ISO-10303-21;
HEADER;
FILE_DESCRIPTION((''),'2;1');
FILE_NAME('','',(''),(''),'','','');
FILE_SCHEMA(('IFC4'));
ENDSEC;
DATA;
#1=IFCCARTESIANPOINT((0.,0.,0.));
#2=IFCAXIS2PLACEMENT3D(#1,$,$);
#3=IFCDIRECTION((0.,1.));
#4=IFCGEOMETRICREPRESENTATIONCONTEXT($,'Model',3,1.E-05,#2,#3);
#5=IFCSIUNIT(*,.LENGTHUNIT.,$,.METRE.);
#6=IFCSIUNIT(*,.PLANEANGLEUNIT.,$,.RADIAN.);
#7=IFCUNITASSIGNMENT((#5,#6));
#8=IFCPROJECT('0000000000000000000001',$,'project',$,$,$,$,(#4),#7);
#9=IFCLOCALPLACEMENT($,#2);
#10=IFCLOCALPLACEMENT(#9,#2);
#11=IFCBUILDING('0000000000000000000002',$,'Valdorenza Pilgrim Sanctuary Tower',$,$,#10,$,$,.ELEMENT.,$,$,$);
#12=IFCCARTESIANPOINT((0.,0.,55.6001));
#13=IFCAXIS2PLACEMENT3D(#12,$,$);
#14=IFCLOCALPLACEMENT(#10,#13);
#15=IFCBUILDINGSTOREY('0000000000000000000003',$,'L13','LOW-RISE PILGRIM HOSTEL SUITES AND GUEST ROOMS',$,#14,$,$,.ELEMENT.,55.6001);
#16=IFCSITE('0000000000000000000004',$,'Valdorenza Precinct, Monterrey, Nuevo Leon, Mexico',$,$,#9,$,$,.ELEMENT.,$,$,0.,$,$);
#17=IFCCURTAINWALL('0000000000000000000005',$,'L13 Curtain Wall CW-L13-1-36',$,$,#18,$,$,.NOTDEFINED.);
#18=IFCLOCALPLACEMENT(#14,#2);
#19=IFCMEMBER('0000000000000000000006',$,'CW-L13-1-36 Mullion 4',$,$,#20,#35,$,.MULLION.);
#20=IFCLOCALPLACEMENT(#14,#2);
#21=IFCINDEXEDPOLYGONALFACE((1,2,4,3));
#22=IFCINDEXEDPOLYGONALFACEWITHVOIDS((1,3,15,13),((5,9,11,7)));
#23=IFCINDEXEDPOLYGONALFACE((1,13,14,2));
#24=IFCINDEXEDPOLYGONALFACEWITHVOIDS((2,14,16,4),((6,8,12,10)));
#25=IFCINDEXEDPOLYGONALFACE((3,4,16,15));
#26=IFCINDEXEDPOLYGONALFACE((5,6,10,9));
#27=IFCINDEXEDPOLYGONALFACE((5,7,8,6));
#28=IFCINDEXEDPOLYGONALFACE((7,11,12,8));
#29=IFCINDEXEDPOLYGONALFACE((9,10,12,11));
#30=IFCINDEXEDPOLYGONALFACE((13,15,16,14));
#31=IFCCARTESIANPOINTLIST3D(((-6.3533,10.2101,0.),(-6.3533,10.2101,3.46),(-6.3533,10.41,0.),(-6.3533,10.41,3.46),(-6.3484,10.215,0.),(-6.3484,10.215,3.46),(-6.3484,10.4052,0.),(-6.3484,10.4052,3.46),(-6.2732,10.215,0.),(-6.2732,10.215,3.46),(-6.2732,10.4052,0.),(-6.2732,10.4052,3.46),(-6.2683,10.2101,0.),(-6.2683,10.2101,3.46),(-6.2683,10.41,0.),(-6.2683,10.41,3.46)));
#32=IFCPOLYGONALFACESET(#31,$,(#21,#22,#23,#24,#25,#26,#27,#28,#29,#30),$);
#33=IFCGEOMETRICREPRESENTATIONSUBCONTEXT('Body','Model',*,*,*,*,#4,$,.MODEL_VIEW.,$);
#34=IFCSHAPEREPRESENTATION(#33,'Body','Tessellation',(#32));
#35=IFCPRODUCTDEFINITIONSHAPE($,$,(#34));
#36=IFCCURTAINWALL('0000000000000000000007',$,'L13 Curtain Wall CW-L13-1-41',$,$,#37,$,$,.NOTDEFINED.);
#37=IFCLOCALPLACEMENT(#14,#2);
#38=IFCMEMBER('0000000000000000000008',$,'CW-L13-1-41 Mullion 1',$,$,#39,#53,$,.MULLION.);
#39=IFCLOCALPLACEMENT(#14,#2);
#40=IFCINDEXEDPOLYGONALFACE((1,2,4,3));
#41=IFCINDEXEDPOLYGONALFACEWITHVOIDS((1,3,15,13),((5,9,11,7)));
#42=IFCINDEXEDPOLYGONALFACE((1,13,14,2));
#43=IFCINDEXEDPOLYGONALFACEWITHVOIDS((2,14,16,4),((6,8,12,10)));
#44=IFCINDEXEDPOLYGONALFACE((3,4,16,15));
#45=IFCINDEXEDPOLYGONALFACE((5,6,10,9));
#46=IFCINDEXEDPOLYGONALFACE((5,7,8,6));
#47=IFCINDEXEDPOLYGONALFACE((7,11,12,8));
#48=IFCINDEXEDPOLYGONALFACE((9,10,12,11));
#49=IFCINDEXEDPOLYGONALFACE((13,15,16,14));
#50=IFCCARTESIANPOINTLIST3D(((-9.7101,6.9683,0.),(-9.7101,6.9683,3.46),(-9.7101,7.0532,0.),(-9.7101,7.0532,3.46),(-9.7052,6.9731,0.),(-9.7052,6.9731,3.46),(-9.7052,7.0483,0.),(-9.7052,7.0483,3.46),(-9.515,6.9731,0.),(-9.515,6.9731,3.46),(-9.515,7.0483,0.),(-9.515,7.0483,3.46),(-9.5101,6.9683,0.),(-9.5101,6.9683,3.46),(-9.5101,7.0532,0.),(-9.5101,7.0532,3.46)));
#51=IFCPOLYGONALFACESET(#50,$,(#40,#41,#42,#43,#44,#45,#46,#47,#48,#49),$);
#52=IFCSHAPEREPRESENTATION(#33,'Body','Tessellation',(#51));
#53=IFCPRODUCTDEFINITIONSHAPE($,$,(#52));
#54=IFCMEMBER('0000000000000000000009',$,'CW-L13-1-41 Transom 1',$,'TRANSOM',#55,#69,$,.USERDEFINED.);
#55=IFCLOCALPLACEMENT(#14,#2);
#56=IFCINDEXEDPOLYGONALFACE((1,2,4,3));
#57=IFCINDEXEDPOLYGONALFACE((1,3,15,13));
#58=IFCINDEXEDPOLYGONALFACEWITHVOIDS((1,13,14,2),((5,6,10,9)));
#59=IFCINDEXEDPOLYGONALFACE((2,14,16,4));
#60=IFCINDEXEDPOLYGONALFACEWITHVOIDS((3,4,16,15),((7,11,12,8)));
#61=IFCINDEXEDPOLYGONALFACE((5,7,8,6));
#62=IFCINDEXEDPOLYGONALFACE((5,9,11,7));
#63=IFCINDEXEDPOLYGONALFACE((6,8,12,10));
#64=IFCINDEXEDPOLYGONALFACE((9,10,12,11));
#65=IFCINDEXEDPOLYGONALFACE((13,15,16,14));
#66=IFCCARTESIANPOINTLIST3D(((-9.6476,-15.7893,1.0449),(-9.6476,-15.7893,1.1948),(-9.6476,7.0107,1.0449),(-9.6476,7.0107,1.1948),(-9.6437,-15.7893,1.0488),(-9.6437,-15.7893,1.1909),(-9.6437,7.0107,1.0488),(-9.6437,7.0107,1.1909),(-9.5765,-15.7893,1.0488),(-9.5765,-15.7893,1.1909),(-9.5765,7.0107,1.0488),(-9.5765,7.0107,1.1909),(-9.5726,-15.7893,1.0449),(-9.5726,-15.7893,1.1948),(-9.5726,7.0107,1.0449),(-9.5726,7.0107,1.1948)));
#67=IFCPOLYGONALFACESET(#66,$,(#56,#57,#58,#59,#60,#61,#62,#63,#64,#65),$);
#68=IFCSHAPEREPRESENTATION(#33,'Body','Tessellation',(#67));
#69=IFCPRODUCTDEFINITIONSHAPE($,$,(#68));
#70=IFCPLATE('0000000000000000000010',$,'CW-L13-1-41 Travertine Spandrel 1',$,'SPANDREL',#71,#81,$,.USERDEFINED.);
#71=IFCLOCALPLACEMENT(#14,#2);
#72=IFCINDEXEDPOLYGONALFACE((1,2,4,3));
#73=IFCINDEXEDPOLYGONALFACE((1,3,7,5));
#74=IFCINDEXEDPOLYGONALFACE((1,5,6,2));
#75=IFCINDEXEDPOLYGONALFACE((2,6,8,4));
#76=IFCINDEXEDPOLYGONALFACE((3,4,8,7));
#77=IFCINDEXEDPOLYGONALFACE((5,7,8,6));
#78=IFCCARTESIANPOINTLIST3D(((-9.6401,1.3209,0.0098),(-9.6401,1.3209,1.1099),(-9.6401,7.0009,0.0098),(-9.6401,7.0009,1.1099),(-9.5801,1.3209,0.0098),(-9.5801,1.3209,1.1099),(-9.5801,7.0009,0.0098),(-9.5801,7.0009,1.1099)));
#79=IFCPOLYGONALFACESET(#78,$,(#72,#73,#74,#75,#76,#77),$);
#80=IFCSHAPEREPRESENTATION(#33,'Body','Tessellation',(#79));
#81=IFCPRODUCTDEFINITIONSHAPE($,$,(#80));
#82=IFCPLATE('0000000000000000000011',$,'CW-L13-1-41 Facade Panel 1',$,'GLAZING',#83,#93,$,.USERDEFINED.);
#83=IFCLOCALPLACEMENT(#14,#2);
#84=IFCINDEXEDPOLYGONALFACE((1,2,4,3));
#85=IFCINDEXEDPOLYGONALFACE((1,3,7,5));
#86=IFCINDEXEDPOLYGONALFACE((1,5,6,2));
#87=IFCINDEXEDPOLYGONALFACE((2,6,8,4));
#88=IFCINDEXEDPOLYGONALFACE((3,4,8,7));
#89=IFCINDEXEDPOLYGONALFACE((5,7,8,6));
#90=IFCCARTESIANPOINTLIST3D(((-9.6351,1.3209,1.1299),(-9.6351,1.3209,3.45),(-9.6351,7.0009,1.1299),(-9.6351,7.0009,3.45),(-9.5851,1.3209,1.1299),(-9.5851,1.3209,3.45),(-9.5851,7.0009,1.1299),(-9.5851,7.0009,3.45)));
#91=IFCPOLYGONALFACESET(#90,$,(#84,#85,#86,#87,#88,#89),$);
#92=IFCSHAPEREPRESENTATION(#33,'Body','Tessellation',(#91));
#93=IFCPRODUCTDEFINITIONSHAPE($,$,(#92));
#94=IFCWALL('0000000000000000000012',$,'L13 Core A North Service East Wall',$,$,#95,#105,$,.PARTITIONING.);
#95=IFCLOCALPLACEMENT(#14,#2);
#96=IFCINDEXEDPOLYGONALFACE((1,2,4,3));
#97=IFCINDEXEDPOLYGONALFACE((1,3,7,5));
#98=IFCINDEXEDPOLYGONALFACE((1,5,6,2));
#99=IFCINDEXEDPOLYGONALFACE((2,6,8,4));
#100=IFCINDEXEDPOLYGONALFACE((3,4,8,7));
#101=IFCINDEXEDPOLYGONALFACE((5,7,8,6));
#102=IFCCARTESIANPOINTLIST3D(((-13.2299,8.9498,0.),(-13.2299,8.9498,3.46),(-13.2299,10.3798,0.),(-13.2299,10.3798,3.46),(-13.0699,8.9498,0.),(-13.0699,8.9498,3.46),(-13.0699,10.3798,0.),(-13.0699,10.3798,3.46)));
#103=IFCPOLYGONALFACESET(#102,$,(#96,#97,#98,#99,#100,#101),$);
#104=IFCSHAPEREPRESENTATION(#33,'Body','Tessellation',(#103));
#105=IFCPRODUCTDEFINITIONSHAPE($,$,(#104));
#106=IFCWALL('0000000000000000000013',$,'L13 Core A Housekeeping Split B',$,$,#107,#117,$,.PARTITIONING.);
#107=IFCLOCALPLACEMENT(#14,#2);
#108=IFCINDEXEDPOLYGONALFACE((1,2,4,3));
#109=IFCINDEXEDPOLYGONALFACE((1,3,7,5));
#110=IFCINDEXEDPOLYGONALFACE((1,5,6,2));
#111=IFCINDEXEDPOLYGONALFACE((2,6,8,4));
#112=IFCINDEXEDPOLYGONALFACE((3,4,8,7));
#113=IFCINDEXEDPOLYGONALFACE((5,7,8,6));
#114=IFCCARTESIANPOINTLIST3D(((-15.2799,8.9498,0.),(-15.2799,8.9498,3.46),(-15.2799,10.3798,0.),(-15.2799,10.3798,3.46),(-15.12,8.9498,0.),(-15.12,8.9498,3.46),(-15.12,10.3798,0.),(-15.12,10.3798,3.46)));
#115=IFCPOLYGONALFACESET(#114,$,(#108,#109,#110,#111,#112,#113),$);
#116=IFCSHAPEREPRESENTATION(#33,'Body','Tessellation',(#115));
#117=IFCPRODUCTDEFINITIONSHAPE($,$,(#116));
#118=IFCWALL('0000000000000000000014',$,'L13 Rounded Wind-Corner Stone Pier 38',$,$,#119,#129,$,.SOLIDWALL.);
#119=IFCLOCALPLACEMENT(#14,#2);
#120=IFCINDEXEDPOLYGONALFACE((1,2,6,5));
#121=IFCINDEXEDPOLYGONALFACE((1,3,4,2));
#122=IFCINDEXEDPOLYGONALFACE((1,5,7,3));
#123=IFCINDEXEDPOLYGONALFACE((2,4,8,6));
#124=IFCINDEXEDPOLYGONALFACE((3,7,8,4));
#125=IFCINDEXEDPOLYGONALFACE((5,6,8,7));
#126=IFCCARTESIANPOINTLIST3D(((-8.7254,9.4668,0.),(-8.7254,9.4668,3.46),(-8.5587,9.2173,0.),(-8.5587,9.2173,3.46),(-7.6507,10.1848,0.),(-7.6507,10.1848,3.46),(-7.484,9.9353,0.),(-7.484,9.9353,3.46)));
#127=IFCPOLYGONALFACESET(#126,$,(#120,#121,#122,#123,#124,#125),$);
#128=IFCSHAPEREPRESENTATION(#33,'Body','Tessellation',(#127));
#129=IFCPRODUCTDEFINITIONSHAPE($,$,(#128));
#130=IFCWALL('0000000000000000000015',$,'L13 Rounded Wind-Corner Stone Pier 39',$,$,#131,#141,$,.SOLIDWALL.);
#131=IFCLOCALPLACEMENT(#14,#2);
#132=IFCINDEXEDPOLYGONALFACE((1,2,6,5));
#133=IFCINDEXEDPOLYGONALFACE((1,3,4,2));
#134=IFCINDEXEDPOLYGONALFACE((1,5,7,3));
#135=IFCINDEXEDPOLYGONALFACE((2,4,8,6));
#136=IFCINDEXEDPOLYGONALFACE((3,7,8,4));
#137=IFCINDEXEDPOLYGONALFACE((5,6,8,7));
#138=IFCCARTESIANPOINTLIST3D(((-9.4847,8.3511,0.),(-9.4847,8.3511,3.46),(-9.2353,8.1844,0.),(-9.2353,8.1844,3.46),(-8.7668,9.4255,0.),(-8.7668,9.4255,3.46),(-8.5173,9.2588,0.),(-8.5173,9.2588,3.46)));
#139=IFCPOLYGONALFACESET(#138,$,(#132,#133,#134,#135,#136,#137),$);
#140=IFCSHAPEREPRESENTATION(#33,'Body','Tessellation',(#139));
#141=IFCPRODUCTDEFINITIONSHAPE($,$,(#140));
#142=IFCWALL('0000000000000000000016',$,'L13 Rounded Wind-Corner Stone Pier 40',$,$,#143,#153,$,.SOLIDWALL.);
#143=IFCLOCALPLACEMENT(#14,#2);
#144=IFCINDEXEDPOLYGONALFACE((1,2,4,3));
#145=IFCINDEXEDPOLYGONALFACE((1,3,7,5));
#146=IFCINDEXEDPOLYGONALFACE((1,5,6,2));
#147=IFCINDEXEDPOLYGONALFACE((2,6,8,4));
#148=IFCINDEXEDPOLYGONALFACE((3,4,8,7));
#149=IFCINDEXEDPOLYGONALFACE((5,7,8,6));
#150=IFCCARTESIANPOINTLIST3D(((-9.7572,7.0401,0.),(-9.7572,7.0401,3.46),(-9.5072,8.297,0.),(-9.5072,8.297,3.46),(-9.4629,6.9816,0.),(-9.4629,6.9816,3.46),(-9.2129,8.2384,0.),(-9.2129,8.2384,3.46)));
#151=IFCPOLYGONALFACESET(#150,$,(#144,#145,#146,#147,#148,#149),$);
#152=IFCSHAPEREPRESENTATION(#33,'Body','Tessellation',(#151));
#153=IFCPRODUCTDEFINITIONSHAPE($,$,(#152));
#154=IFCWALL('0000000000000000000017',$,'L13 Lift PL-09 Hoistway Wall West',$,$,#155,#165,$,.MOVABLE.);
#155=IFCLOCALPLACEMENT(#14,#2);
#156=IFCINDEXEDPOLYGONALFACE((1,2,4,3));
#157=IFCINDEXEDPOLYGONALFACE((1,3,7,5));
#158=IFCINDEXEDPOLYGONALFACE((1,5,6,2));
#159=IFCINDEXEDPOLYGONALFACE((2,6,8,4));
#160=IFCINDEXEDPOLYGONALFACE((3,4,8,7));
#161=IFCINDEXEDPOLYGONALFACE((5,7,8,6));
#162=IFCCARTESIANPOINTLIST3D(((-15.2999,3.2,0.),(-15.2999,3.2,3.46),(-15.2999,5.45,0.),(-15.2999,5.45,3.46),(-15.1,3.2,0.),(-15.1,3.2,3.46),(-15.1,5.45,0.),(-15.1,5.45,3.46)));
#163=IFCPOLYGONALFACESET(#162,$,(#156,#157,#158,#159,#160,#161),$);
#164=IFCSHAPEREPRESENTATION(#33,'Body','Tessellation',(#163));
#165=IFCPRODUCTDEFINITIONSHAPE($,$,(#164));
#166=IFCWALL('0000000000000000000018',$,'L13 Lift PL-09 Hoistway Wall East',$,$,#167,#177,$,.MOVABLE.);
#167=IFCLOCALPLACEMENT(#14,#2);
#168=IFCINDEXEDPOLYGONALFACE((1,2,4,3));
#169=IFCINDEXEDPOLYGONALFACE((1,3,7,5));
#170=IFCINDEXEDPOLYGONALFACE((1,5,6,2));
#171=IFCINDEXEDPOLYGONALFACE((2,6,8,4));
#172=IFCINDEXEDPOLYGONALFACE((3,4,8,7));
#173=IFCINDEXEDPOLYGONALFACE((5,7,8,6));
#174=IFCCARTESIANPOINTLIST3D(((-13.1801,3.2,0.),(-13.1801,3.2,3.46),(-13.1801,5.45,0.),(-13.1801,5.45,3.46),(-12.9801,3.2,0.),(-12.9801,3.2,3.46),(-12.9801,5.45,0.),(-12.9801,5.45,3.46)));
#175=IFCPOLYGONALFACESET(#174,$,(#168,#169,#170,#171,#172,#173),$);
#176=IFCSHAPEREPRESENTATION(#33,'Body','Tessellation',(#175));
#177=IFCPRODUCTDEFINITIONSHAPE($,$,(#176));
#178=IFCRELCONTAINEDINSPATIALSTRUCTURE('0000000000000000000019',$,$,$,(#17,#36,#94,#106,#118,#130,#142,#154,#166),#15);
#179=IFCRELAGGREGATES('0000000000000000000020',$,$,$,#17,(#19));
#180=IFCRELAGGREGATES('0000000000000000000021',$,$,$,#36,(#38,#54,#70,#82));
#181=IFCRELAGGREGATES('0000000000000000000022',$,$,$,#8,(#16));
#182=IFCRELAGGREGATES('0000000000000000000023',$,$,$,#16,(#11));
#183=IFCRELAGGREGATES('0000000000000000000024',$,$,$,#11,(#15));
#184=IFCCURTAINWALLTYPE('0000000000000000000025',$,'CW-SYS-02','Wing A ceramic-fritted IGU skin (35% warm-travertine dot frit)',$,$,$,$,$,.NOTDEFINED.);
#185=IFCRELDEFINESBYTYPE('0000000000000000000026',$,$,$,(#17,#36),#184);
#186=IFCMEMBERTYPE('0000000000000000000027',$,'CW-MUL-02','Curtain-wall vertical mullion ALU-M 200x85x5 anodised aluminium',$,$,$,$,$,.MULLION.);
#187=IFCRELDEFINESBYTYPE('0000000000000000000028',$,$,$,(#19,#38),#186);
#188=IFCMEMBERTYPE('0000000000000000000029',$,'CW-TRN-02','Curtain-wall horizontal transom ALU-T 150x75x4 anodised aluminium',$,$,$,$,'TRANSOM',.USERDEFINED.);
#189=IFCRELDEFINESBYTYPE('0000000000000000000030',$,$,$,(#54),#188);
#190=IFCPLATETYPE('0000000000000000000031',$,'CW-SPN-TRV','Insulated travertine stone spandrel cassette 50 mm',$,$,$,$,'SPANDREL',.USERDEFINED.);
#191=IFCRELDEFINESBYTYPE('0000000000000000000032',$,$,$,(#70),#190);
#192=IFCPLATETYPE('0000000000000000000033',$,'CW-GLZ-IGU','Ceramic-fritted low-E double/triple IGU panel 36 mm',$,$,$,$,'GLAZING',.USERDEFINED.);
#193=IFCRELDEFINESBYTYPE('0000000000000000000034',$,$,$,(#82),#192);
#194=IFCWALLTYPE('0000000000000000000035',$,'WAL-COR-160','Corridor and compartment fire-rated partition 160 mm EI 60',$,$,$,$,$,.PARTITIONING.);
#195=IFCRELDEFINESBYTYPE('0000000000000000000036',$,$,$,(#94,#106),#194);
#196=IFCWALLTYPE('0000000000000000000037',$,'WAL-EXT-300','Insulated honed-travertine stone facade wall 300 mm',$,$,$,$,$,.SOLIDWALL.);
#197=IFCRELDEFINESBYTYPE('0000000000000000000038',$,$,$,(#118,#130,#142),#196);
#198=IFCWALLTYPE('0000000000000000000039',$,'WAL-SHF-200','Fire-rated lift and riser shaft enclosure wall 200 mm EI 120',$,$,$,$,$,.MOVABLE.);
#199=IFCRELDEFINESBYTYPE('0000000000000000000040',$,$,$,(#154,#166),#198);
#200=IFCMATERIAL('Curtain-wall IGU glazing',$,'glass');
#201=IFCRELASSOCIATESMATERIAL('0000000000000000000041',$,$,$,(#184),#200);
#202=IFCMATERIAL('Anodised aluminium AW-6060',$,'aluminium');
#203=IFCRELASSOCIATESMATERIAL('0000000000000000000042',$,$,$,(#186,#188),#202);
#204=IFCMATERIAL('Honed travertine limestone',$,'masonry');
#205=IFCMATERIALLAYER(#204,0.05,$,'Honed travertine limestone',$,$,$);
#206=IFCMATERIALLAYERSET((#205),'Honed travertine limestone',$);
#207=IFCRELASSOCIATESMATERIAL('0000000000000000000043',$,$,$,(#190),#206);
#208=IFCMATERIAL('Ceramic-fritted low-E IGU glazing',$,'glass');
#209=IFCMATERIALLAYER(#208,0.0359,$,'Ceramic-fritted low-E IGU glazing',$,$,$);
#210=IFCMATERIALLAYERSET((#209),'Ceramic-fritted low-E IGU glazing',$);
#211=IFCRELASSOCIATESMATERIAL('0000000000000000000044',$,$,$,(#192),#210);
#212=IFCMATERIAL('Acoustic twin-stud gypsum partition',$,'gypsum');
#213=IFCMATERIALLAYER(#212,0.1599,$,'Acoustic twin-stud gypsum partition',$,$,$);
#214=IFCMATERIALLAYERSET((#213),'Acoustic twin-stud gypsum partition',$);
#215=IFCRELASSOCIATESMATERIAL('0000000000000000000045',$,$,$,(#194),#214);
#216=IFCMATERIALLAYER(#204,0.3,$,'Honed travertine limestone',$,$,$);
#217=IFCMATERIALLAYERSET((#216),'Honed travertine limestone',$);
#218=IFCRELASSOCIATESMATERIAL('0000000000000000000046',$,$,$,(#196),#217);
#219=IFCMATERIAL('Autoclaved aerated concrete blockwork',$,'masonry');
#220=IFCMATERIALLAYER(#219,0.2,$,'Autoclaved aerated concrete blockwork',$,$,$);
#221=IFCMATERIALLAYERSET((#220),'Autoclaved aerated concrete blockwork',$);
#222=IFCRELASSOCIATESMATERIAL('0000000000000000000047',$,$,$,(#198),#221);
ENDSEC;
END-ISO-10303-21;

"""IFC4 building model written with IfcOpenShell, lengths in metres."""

from ifc_helpers import new_model, si_unit, direction, frame, frame_2d, origin, origin_2d, place, context, subcontext, project, spatial, rectangle, hollow_rectangle, extrude, source, transform, mapped, material, layer, layer_set, material_profile, profile_set, type_object, element, aggregate, save


model = new_model("IFC4")

# Units and contexts
model_context = context("Model", 3, precision=1e-05, world=origin(), true_north=direction((0.0, 1.0)))
body_context = subcontext(model_context, "Body", "Model", "MODEL_VIEW")
ifc_project = project(units=[si_unit("LENGTHUNIT", "METRE"), si_unit("PLANEANGLEUNIT", "RADIAN")], contexts=[model_context])

# Site, building, storey
site_placement = place(None, origin())
site = spatial("IfcSite", under=ifc_project, at=site_placement, Name="Valdorenza Precinct, Monterrey, Nuevo Leon, Mexico", CompositionType="ELEMENT", RefElevation=0.0)
building_placement = place(site_placement, origin())
building = spatial("IfcBuilding", under=site, at=building_placement, Name="Valdorenza Pilgrim Sanctuary Tower", CompositionType="ELEMENT")
storey_placement = place(building_placement, frame((0.0, 0.0, 55.6001)))
storey = spatial("IfcBuildingStorey", under=building, at=storey_placement, Name="L13", Description="LOW-RISE PILGRIM HOSTEL SUITES AND GUEST ROOMS", CompositionType="ELEMENT", Elevation=55.6001)

# Curtain wall, member
ifc_material_1 = material(Name="Curtain-wall IGU glazing", Category="glass")
curtain_wall_type = type_object("IfcCurtainWallType", Name="CW-SYS-02", Description="Wing A ceramic-fritted IGU skin (35% warm-travertine dot frit)", PredefinedType="NOTDEFINED", material=ifc_material_1)
curtain_wall_1_placement = place(storey_placement, origin())
curtain_wall_1 = element("IfcCurtainWall", 1, at=curtain_wall_1_placement, inside=storey, type_object=curtain_wall_type, Name="L13 Curtain Wall CW-L13-1-36", PredefinedType="NOTDEFINED")
ifc_material_2 = material(Name="Anodised aluminium AW-6060", Category="aluminium")
ifc_material_profile_1 = material_profile(ifc_material_2, hollow_rectangle(XDim=0.085, YDim=0.2, WallThickness=0.0049, at=origin_2d()), Name="ALU-M 200x85x5")
ifc_profile_set_1 = profile_set([ifc_material_profile_1], Name="Anodised aluminium AW-6060")
member_type_1 = type_object("IfcMemberType", Name="CW-MUL-02", Description="Curtain-wall vertical mullion ALU-M 200x85x5 anodised aluminium", PredefinedType="MULLION", material=ifc_profile_set_1)
shared_shape_1 = source(origin(), body_context, "Body", "SweptSolid", [
    extrude(hollow_rectangle(XDim=0.085, YDim=0.2, WallThickness=0.0049, at=origin_2d()), origin(), (0.0, 0.0, 1.0), 3.46),
])
member_1_placement = place(storey_placement, frame((-6.3108, 10.3101, 0.0), z_axis=(0.0, 0.0, 1.0), x_axis=(-1.0, 0.0, 0.0)))
member_1 = element("IfcMember", 2, at=member_1_placement, type_object=member_type_1, Name="CW-L13-1-36 Mullion 4", PredefinedType="MULLION", context=body_context, shape_type="MappedRepresentation", body=[
    mapped(shared_shape_1, transform((0.0, 0.0, 0.0), x_axis=(1.0, 0.0, 0.0), y_axis=(0.0, 1.0, 0.0), z_axis=(0.0, 0.0, 1.0), scale=1.0)),
])
aggregate(curtain_wall_1, [member_1])

# Curtain wall, members, plates
curtain_wall_2_placement = place(storey_placement, origin())
curtain_wall_2 = element("IfcCurtainWall", 3, at=curtain_wall_2_placement, inside=storey, type_object=curtain_wall_type, Name="L13 Curtain Wall CW-L13-1-41", PredefinedType="NOTDEFINED")
member_2_placement = place(storey_placement, frame((-9.6101, 7.0107, 0.0), z_axis=(0.0, 0.0, 1.0), x_axis=(0.0, -1.0, 0.0)))
member_2 = element("IfcMember", 4, at=member_2_placement, type_object=member_type_1, Name="CW-L13-1-41 Mullion 1", PredefinedType="MULLION", context=body_context, shape_type="MappedRepresentation", body=[
    mapped(shared_shape_1, transform((0.0, 0.0, 0.0), x_axis=(1.0, 0.0, 0.0), y_axis=(0.0, 1.0, 0.0), z_axis=(0.0, 0.0, 1.0), scale=1.0)),
])
ifc_material_profile_2 = material_profile(ifc_material_2, hollow_rectangle(XDim=0.075, YDim=0.1499, WallThickness=0.0039, at=origin_2d()), Name="ALU-T 150x75x4")
ifc_profile_set_2 = profile_set([ifc_material_profile_2], Name="Anodised aluminium AW-6060")
member_type_2 = type_object("IfcMemberType", Name="CW-TRN-02", Description="Curtain-wall horizontal transom ALU-T 150x75x4 anodised aluminium", ElementType="TRANSOM", PredefinedType="USERDEFINED", material=ifc_profile_set_2)
shared_shape_2 = source(origin(), body_context, "Body", "SweptSolid", [
    extrude(hollow_rectangle(XDim=0.075, YDim=0.1499, WallThickness=0.0039, at=origin_2d()), origin(), (0.0, 0.0, 1.0), 22.8),
])
member_3_placement = place(storey_placement, frame((-9.6101, 7.0107, 1.1199), z_axis=(0.0, -1.0, 0.0), x_axis=(1.0, 0.0, 0.0)))
member_3 = element("IfcMember", 5, at=member_3_placement, type_object=member_type_2, Name="CW-L13-1-41 Transom 1", ObjectType="TRANSOM", PredefinedType="USERDEFINED", context=body_context, shape_type="MappedRepresentation", body=[
    mapped(shared_shape_2, transform((0.0, 0.0, 0.0), x_axis=(1.0, 0.0, 0.0), y_axis=(0.0, 1.0, 0.0), z_axis=(0.0, 0.0, 1.0), scale=1.0)),
])
ifc_material_3 = material(Name="Honed travertine limestone", Category="masonry")
ifc_layer_1 = layer(ifc_material_3, 0.05, Name="Honed travertine limestone")
ifc_layer_set_1 = layer_set([ifc_layer_1], Name="Honed travertine limestone")
plate_type_1 = type_object("IfcPlateType", Name="CW-SPN-TRV", Description="Insulated travertine stone spandrel cassette 50 mm", ElementType="SPANDREL", PredefinedType="USERDEFINED", material=ifc_layer_set_1)
shared_shape_3 = source(origin(), body_context, "Body", "SweptSolid", [
    extrude(rectangle(XDim=5.6799, YDim=0.0601, at=origin_2d()), origin(), (0.0, 0.0, 1.0), 1.1001),
])
plate_1_placement = place(storey_placement, frame((-9.6101, 4.1609, 0.0098), z_axis=(0.0, 0.0, 1.0), x_axis=(0.0, -1.0, 0.0)))
plate_1 = element("IfcPlate", 6, at=plate_1_placement, type_object=plate_type_1, Name="CW-L13-1-41 Travertine Spandrel 1", ObjectType="SPANDREL", PredefinedType="USERDEFINED", context=body_context, shape_type="MappedRepresentation", body=[
    mapped(shared_shape_3, transform((0.0, 0.0, 0.0), x_axis=(1.0, 0.0, 0.0), y_axis=(0.0, 1.0, 0.0), z_axis=(0.0, 0.0, 1.0), scale=1.0)),
])
ifc_material_4 = material(Name="Ceramic-fritted low-E IGU glazing", Category="glass")
ifc_layer_2 = layer(ifc_material_4, 0.0359, Name="Ceramic-fritted low-E IGU glazing")
ifc_layer_set_2 = layer_set([ifc_layer_2], Name="Ceramic-fritted low-E IGU glazing")
plate_type_2 = type_object("IfcPlateType", Name="CW-GLZ-IGU", Description="Ceramic-fritted low-E double/triple IGU panel 36 mm", ElementType="GLAZING", PredefinedType="USERDEFINED", material=ifc_layer_set_2)
shared_shape_4 = source(origin(), body_context, "Body", "SweptSolid", [
    extrude(rectangle(XDim=5.6799, YDim=0.05, at=origin_2d()), origin(), (0.0, 0.0, 1.0), 2.3201),
])
plate_2_placement = place(storey_placement, frame((-9.6101, 4.1609, 1.1299), z_axis=(0.0, 0.0, 1.0), x_axis=(0.0, -1.0, 0.0)))
plate_2 = element("IfcPlate", 7, at=plate_2_placement, type_object=plate_type_2, Name="CW-L13-1-41 Facade Panel 1", ObjectType="GLAZING", PredefinedType="USERDEFINED", context=body_context, shape_type="MappedRepresentation", body=[
    mapped(shared_shape_4, transform((0.0, 0.0, 0.0), x_axis=(1.0, 0.0, 0.0), y_axis=(0.0, 1.0, 0.0), z_axis=(0.0, 0.0, 1.0), scale=1.0)),
])
aggregate(curtain_wall_2, [member_2, member_3, plate_1, plate_2])

# Walls
ifc_material_5 = material(Name="Acoustic twin-stud gypsum partition", Category="gypsum")
ifc_layer_3 = layer(ifc_material_5, 0.1599, Name="Acoustic twin-stud gypsum partition")
ifc_layer_set_3 = layer_set([ifc_layer_3], Name="Acoustic twin-stud gypsum partition")
wall_type_1 = type_object("IfcWallType", Name="WAL-COR-160", Description="Corridor and compartment fire-rated partition 160 mm EI 60", PredefinedType="PARTITIONING", material=ifc_layer_set_3)
for number, where, z_axis, x_axis, name in (
    (8, (-13.1499, 8.95, 0.0), (0.0, 0.0, 1.0), (0.0, 1.0, 0.0), "L13 Core A North Service East Wall"),
    (9, (-15.2, 8.95, 0.0), (0.0, 0.0, 1.0), (0.0, 1.0, 0.0), "L13 Core A Housekeeping Split B"),
):
    element("IfcWall", number, at=place(storey_placement, frame(where, z_axis=z_axis, x_axis=x_axis)), inside=storey, type_object=wall_type_1, Name=name, PredefinedType="PARTITIONING", context=body_context, shape_type="SweptSolid", body=[
        extrude(rectangle(XDim=1.4299, YDim=0.1599, at=frame_2d((0.7148, 0.0))), origin(), (0.0, 0.0, 1.0), 3.46),
    ])
ifc_layer_4 = layer(ifc_material_3, 0.3, Name="Honed travertine limestone")
ifc_layer_set_4 = layer_set([ifc_layer_4], Name="Honed travertine limestone")
wall_type_2 = type_object("IfcWallType", Name="WAL-EXT-300", Description="Insulated honed-travertine stone facade wall 300 mm", PredefinedType="SOLIDWALL", material=ifc_layer_set_4)
wall_1_placement = place(storey_placement, frame((-7.5674, 10.0601, 0.0), z_axis=(0.0, 0.0, 1.0), x_axis=(-0.831498, -0.555528, 0.0)))
element("IfcWall", 10, at=wall_1_placement, inside=storey, type_object=wall_type_2, Name="L13 Rounded Wind-Corner Stone Pier 38", PredefinedType="SOLIDWALL", context=body_context, shape_type="SweptSolid", body=[
    extrude(rectangle(XDim=1.2925, YDim=0.3, at=frame_2d((0.6462, 0.0))), origin(), (0.0, 0.0, 1.0), 3.46),
])
wall_2_placement = place(storey_placement, frame((-8.6421, 9.342, 0.0), z_axis=(0.0, 0.0, 1.0), x_axis=(-0.555615, -0.831439, 0.0)))
element("IfcWall", 11, at=wall_2_placement, inside=storey, type_object=wall_type_2, Name="L13 Rounded Wind-Corner Stone Pier 39", PredefinedType="SOLIDWALL", context=body_context, shape_type="SweptSolid", body=[
    extrude(rectangle(XDim=1.2922, YDim=0.3, at=frame_2d((0.646, 0.0))), origin(), (0.0, 0.0, 1.0), 3.46),
])
wall_3_placement = place(storey_placement, frame((-9.3601, 8.2676, 0.0), z_axis=(0.0, 0.0, 1.0), x_axis=(-0.19509, -0.980785, 0.0)))
element("IfcWall", 12, at=wall_3_placement, inside=storey, type_object=wall_type_2, Name="L13 Rounded Wind-Corner Stone Pier 40", PredefinedType="SOLIDWALL", context=body_context, shape_type="SweptSolid", body=[
    extrude(rectangle(XDim=1.2815, YDim=0.3, at=frame_2d((0.6406, 0.0))), origin(), (0.0, 0.0, 1.0), 3.46),
])
ifc_material_6 = material(Name="Autoclaved aerated concrete blockwork", Category="masonry")
ifc_layer_5 = layer(ifc_material_6, 0.2, Name="Autoclaved aerated concrete blockwork")
ifc_layer_set_5 = layer_set([ifc_layer_5], Name="Autoclaved aerated concrete blockwork")
wall_type_3 = type_object("IfcWallType", Name="WAL-SHF-200", Description="Fire-rated lift and riser shaft enclosure wall 200 mm EI 120", PredefinedType="MOVABLE", material=ifc_layer_set_5)
for number, where, z_axis, x_axis, name in (
    (13, (-15.2, 3.2, 0.0), (0.0, 0.0, 1.0), (0.0, 1.0, 0.0), "L13 Lift PL-09 Hoistway Wall West"),
    (14, (-13.0801, 3.2, 0.0), (0.0, 0.0, 1.0), (0.0, 1.0, 0.0), "L13 Lift PL-09 Hoistway Wall East"),
):
    element("IfcWall", number, at=place(storey_placement, frame(where, z_axis=z_axis, x_axis=x_axis)), inside=storey, type_object=wall_type_3, Name=name, PredefinedType="MOVABLE", context=body_context, shape_type="SweptSolid", body=[
        extrude(rectangle(XDim=2.25, YDim=0.2, at=frame_2d((1.125, 0.0))), origin(), (0.0, 0.0, 1.0), 3.46),
    ])

save(model, "model.ifc")
